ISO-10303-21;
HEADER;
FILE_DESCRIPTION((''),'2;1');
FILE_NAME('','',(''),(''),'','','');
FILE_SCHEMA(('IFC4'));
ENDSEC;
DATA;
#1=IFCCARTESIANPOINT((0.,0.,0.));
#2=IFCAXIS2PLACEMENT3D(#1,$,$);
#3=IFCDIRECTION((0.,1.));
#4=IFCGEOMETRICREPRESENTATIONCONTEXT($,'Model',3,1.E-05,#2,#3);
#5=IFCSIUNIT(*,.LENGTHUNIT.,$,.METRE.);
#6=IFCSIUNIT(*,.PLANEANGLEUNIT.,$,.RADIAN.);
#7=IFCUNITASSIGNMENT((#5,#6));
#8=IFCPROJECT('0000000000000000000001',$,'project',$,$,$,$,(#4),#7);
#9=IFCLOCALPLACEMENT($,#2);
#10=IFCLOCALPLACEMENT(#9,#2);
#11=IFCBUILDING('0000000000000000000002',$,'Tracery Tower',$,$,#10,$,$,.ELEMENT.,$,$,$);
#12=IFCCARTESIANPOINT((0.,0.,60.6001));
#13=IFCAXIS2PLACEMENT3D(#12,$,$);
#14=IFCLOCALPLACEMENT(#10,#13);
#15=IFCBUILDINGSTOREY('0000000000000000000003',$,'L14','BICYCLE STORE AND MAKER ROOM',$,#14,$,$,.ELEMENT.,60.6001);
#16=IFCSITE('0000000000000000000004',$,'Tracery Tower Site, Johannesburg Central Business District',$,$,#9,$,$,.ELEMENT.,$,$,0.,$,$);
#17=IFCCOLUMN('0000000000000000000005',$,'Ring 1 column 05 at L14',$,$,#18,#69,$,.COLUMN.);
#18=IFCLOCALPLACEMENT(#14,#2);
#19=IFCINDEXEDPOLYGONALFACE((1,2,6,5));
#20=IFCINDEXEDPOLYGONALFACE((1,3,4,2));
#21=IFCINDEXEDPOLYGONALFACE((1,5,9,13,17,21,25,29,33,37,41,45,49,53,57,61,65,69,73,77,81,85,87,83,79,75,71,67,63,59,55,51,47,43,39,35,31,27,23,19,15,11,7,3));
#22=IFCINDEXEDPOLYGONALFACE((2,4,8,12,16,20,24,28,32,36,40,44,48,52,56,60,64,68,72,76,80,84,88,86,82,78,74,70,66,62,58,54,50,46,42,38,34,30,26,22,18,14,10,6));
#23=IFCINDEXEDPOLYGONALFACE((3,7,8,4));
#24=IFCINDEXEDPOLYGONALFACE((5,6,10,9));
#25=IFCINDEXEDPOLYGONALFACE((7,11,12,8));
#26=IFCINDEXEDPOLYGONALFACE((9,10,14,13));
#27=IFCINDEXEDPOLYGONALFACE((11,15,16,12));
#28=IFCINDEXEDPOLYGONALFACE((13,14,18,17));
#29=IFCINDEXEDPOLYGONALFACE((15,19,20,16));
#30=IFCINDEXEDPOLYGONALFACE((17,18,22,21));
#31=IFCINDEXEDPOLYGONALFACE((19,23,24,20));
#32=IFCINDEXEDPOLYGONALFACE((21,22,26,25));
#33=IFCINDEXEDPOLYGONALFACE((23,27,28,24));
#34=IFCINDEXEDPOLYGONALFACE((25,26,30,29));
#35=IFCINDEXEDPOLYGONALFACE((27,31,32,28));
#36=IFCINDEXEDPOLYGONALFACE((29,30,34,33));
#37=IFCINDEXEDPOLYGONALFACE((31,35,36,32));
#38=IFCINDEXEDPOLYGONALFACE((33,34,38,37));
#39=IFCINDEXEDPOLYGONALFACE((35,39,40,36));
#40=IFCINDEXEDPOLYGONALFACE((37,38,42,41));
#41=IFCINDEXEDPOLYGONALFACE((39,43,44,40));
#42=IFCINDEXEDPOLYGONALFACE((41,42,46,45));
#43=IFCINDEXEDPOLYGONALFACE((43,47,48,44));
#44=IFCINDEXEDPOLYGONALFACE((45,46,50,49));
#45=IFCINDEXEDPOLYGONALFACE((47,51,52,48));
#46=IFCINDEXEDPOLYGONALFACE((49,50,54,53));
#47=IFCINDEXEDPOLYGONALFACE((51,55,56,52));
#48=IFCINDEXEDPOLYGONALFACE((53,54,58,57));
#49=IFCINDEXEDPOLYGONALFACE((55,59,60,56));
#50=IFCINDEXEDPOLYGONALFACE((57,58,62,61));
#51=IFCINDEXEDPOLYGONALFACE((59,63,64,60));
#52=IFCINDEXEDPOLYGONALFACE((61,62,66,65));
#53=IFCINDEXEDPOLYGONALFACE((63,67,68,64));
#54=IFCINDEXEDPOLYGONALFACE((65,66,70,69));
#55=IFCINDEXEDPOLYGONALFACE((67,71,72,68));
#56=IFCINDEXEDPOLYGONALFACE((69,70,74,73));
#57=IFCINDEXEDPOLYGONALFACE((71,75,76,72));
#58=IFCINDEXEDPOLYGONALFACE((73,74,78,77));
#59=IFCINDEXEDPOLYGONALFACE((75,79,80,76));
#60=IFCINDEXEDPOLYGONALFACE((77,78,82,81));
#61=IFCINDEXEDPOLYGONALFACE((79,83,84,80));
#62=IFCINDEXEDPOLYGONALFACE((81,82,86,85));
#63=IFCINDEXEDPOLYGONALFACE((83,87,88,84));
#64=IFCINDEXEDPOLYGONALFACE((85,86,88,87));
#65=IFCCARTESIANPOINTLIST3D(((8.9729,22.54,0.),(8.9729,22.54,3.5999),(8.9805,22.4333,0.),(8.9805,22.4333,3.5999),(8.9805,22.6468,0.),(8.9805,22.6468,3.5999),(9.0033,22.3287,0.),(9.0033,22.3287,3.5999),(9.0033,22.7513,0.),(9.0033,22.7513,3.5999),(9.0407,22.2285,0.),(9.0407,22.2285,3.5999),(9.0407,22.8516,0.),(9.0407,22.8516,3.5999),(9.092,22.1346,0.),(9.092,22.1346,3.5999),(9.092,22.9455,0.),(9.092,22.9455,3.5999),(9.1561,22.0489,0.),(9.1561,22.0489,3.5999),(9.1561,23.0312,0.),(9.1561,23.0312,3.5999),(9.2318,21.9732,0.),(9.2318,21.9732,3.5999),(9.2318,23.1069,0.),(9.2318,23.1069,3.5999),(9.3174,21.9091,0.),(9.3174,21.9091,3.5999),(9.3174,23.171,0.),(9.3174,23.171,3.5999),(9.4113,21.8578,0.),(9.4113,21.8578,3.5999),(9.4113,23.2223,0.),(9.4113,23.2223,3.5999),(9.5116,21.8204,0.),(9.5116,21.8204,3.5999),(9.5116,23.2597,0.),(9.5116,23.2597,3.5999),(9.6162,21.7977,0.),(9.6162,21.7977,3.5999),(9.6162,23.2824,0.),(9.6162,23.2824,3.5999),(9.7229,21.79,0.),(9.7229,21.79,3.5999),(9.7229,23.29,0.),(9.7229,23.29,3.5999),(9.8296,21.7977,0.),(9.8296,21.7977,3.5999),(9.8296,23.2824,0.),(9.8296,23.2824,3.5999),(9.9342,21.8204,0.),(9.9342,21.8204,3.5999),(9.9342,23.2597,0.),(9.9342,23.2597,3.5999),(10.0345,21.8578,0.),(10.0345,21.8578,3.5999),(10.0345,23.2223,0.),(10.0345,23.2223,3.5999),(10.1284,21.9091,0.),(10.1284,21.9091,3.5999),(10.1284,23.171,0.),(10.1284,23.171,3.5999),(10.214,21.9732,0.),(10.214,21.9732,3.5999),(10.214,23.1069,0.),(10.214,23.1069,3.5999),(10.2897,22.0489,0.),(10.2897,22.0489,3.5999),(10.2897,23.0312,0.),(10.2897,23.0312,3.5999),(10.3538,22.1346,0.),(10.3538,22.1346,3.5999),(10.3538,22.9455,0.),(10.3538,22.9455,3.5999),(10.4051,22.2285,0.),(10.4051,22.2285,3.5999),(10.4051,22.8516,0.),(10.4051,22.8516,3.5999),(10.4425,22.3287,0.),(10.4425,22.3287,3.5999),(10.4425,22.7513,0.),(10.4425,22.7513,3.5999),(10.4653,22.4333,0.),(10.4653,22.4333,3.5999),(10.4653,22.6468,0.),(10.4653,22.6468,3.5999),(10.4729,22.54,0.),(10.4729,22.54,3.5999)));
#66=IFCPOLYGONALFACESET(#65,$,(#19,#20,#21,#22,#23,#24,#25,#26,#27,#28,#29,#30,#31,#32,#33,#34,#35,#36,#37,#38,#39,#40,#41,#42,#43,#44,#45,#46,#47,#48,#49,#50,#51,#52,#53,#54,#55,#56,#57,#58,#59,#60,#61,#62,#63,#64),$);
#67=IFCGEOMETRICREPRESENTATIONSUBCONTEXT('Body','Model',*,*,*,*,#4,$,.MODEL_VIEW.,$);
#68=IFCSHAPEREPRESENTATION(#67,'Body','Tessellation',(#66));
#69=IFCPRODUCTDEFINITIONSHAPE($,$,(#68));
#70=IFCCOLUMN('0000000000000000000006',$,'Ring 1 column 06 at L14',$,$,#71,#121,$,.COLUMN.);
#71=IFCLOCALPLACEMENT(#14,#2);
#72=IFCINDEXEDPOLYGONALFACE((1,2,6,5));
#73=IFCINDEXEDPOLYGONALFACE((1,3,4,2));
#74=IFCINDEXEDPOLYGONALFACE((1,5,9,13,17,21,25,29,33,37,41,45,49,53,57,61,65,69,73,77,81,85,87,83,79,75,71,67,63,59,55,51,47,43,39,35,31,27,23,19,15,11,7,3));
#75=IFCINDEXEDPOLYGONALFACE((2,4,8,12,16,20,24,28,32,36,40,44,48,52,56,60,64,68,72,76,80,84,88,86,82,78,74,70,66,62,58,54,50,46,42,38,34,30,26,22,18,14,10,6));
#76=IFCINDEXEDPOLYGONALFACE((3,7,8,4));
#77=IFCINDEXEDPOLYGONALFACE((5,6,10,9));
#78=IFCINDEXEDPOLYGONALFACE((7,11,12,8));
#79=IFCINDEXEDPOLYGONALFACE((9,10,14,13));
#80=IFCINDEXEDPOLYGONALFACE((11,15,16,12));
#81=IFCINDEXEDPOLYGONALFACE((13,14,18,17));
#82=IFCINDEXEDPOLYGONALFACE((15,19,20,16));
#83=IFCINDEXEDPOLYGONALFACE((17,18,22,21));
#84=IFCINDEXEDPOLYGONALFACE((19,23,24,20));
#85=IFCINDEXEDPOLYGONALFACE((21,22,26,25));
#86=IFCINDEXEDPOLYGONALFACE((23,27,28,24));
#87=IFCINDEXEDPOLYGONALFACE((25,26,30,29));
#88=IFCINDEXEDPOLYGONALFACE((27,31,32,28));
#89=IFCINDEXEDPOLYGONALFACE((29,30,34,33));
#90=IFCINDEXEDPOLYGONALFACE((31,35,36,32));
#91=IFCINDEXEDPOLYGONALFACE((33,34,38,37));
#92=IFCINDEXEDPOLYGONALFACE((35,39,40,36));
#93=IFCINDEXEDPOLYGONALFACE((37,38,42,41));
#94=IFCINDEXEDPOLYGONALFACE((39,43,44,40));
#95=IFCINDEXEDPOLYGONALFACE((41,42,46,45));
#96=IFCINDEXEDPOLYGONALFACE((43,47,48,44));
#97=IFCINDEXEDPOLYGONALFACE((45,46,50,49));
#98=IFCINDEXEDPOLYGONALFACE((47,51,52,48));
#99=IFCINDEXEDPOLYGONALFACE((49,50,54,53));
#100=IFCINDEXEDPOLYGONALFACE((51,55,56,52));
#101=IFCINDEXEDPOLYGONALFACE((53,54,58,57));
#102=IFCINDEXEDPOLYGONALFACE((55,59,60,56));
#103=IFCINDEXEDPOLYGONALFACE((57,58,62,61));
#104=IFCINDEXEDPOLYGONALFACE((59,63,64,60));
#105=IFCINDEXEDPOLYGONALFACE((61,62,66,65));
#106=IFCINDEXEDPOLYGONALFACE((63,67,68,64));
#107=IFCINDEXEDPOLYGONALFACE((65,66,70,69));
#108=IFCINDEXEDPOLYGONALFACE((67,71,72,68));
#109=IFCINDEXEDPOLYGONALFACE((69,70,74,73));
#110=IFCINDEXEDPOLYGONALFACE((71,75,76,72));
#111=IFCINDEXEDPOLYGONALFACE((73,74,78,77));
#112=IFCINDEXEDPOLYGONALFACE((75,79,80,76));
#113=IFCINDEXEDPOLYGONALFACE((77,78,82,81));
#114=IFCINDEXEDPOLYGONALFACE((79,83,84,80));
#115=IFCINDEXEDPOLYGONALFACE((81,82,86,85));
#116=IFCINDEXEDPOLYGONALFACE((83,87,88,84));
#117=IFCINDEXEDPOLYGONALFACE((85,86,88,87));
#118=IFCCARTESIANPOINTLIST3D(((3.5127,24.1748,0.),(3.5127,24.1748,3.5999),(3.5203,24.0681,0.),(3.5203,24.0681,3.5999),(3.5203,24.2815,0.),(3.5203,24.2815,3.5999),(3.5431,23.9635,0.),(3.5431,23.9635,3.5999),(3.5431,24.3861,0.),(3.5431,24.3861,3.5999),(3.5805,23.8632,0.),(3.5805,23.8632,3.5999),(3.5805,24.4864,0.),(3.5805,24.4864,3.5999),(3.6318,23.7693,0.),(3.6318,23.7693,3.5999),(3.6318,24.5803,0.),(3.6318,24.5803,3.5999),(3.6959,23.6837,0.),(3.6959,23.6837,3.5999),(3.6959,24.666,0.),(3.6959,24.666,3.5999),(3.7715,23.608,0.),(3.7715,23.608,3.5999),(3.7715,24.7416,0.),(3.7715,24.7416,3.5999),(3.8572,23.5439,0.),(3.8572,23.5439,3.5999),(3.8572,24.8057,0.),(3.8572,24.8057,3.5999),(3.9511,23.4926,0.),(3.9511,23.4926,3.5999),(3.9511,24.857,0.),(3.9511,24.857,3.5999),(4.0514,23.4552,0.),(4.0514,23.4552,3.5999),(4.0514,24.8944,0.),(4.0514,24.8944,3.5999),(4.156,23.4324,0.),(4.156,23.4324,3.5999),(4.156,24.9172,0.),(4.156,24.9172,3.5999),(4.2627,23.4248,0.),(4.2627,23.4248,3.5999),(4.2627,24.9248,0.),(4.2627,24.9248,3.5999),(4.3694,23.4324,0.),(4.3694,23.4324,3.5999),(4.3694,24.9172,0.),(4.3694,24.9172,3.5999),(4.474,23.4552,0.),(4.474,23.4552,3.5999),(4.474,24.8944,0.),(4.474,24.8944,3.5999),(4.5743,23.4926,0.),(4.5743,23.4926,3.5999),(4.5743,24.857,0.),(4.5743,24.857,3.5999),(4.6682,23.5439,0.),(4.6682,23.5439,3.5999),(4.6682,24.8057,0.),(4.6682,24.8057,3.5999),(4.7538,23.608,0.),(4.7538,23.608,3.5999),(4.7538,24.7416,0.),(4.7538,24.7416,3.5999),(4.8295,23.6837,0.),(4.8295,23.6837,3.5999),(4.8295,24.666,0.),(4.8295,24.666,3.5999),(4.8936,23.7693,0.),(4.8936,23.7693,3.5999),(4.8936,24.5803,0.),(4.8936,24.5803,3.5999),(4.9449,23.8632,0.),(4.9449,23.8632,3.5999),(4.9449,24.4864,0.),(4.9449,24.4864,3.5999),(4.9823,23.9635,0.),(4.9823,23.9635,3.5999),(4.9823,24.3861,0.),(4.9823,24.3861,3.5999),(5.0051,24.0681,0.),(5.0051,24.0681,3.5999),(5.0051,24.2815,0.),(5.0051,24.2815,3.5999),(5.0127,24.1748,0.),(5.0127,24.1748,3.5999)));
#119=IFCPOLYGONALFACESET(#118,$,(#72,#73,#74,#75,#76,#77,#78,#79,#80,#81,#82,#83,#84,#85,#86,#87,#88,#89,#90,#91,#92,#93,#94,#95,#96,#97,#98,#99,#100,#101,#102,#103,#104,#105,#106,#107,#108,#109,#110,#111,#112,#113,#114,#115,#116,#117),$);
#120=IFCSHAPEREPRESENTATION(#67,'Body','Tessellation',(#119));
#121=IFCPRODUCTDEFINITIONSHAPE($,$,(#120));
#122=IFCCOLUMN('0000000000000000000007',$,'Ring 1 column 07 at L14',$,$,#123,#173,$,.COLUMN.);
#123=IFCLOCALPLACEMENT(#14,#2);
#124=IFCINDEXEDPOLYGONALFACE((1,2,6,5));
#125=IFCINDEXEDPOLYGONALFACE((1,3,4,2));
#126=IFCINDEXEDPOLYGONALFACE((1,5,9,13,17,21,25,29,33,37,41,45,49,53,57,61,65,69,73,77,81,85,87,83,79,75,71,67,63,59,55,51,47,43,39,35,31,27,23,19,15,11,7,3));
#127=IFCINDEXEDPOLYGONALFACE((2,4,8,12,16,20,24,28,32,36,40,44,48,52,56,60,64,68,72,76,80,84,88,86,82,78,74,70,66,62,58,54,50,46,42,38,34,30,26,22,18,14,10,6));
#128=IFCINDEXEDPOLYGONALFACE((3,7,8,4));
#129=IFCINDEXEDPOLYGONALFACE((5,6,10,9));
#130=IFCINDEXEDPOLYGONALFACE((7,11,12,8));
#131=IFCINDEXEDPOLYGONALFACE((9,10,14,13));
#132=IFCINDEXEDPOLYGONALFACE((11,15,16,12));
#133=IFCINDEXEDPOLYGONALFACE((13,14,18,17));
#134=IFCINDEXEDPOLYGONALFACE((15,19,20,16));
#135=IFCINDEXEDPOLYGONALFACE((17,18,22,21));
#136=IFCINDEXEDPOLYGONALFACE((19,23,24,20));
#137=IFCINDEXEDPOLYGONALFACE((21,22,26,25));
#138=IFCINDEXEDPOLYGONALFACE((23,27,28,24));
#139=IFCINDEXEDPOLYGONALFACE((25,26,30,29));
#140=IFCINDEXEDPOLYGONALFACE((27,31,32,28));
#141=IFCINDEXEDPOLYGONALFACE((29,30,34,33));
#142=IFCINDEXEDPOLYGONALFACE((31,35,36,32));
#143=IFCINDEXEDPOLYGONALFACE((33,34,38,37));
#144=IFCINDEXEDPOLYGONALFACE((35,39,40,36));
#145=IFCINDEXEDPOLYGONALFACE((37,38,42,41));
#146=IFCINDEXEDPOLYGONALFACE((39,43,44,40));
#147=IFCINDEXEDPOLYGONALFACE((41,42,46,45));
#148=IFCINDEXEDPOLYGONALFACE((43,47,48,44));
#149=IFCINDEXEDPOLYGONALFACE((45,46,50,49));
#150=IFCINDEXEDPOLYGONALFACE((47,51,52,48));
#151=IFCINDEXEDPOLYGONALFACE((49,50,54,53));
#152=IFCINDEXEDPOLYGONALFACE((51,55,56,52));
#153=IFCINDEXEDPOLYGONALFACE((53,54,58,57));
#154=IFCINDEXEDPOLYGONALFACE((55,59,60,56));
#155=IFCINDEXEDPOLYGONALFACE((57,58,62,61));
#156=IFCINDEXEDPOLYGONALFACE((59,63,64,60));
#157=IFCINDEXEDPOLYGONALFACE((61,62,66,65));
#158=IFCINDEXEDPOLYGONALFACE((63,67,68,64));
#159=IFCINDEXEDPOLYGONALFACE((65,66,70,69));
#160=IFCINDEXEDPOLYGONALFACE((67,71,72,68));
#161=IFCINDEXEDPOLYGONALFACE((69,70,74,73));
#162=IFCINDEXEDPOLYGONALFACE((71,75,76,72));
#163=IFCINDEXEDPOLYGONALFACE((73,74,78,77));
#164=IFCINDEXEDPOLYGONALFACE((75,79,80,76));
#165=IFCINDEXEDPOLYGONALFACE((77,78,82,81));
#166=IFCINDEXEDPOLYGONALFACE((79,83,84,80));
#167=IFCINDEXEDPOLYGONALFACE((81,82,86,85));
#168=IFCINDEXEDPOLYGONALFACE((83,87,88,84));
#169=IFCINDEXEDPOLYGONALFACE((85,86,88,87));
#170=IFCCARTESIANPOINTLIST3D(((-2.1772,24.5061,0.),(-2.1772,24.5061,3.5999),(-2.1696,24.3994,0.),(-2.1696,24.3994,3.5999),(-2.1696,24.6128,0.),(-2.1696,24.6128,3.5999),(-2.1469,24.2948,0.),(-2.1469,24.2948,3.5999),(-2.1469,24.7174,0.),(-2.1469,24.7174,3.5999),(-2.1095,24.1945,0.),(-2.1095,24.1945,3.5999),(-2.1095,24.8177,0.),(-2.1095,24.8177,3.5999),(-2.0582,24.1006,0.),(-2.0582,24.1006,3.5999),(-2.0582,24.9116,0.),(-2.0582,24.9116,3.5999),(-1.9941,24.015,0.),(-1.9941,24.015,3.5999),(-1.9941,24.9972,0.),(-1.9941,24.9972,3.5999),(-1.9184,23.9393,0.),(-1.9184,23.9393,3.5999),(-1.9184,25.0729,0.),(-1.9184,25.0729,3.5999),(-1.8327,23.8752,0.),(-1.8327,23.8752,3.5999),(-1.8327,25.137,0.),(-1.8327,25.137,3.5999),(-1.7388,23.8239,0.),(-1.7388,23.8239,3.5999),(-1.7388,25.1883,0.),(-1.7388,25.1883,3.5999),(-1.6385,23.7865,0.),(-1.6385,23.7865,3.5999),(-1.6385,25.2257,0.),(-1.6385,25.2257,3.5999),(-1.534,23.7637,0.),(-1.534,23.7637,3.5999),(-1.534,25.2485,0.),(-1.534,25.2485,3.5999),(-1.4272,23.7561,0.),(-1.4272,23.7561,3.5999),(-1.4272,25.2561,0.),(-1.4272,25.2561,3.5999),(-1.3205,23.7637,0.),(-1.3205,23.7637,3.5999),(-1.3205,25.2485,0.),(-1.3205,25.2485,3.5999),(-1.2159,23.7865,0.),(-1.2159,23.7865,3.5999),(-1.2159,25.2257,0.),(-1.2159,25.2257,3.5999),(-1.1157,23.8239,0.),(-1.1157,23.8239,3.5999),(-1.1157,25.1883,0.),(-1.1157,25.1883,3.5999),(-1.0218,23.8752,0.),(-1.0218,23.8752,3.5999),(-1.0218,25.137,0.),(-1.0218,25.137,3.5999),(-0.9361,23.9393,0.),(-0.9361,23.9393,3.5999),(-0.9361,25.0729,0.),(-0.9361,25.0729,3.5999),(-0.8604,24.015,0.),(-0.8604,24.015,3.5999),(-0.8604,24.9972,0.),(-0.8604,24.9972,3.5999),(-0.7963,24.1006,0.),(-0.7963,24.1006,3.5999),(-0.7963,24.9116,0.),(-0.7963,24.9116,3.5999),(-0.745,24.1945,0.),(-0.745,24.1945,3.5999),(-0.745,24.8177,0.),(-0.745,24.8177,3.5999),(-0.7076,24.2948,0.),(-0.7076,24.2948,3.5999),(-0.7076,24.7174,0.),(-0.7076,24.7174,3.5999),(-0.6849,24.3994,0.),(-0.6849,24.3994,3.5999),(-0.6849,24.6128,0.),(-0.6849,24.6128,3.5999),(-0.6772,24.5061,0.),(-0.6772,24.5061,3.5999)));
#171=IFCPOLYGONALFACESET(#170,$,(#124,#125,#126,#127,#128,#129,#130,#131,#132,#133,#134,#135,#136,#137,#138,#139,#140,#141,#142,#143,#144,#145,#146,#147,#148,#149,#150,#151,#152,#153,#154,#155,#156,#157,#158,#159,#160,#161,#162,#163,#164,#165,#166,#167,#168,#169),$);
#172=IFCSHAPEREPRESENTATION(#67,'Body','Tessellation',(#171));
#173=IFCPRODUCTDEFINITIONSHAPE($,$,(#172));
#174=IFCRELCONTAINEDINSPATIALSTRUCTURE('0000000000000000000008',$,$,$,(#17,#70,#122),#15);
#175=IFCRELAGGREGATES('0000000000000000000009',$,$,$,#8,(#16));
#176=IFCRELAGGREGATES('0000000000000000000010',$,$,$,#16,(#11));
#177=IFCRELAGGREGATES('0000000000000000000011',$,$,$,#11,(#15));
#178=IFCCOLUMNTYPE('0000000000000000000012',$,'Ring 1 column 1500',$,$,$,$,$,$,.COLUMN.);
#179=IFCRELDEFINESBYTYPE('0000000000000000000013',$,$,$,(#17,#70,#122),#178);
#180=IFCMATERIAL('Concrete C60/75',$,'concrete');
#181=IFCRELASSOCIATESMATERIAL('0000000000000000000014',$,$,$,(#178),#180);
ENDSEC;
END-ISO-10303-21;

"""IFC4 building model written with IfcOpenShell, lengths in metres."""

from ifc_helpers import new_model, si_unit, direction, frame, origin, origin_2d, place, context, subcontext, project, spatial, circle, extrude, material, material_profile, profile_set, type_object, element, save


model = new_model("IFC4")

# Units and contexts
model_context = context("Model", 3, precision=1e-05, world=origin(), true_north=direction((0.0, 1.0)))
body_context = subcontext(model_context, "Body", "Model", "MODEL_VIEW")
ifc_project = project(units=[si_unit("LENGTHUNIT", "METRE"), si_unit("PLANEANGLEUNIT", "RADIAN")], contexts=[model_context])

# Site, building, storey
site_placement = place(None, origin())
site = spatial("IfcSite", under=ifc_project, at=site_placement, Name="Tracery Tower Site, Johannesburg Central Business District", CompositionType="ELEMENT", RefElevation=0.0)
building_placement = place(site_placement, origin())
building = spatial("IfcBuilding", under=site, at=building_placement, Name="Tracery Tower", CompositionType="ELEMENT")
storey_placement = place(building_placement, frame((0.0, 0.0, 60.6001)))
storey = spatial("IfcBuildingStorey", under=building, at=storey_placement, Name="L14", Description="BICYCLE STORE AND MAKER ROOM", CompositionType="ELEMENT", Elevation=60.6001)

# Columns
ifc_material_1 = material(Name="Concrete C60/75", Category="concrete")
ifc_material_profile_1 = material_profile(ifc_material_1, circle(Radius=0.75, at=origin_2d()), Name="RC D1500")
ifc_profile_set_1 = profile_set([ifc_material_profile_1], Name="Concrete C60/75")
column_type_1 = type_object("IfcColumnType", Name="Ring 1 column 1500", PredefinedType="COLUMN", material=ifc_profile_set_1)
for number, where, z_axis, x_axis, name in (
    (1, (9.7229, 22.54, 0.0), (0.0, 0.0, 1.0), (1.0, 0.0, 0.0), "Ring 1 column 05 at L14"),
    (2, (4.2627, 24.1748, 0.0), (0.0, 0.0, 1.0), (1.0, 0.0, 0.0), "Ring 1 column 06 at L14"),
    (3, (-1.4272, 24.5061, 0.0), (0.0, 0.0, 1.0), (1.0, 0.0, 0.0), "Ring 1 column 07 at L14"),
):
    element("IfcColumn", number, at=place(storey_placement, frame(where, z_axis=z_axis, x_axis=x_axis)), inside=storey, type_object=column_type_1, Name=name, PredefinedType="COLUMN", context=body_context, shape_type="SweptSolid", body=[
        extrude(circle(Radius=0.75, at=origin_2d()), origin(), (0.0, 0.0, 1.0), 3.5999),
    ])

save(model, "model.ifc")
